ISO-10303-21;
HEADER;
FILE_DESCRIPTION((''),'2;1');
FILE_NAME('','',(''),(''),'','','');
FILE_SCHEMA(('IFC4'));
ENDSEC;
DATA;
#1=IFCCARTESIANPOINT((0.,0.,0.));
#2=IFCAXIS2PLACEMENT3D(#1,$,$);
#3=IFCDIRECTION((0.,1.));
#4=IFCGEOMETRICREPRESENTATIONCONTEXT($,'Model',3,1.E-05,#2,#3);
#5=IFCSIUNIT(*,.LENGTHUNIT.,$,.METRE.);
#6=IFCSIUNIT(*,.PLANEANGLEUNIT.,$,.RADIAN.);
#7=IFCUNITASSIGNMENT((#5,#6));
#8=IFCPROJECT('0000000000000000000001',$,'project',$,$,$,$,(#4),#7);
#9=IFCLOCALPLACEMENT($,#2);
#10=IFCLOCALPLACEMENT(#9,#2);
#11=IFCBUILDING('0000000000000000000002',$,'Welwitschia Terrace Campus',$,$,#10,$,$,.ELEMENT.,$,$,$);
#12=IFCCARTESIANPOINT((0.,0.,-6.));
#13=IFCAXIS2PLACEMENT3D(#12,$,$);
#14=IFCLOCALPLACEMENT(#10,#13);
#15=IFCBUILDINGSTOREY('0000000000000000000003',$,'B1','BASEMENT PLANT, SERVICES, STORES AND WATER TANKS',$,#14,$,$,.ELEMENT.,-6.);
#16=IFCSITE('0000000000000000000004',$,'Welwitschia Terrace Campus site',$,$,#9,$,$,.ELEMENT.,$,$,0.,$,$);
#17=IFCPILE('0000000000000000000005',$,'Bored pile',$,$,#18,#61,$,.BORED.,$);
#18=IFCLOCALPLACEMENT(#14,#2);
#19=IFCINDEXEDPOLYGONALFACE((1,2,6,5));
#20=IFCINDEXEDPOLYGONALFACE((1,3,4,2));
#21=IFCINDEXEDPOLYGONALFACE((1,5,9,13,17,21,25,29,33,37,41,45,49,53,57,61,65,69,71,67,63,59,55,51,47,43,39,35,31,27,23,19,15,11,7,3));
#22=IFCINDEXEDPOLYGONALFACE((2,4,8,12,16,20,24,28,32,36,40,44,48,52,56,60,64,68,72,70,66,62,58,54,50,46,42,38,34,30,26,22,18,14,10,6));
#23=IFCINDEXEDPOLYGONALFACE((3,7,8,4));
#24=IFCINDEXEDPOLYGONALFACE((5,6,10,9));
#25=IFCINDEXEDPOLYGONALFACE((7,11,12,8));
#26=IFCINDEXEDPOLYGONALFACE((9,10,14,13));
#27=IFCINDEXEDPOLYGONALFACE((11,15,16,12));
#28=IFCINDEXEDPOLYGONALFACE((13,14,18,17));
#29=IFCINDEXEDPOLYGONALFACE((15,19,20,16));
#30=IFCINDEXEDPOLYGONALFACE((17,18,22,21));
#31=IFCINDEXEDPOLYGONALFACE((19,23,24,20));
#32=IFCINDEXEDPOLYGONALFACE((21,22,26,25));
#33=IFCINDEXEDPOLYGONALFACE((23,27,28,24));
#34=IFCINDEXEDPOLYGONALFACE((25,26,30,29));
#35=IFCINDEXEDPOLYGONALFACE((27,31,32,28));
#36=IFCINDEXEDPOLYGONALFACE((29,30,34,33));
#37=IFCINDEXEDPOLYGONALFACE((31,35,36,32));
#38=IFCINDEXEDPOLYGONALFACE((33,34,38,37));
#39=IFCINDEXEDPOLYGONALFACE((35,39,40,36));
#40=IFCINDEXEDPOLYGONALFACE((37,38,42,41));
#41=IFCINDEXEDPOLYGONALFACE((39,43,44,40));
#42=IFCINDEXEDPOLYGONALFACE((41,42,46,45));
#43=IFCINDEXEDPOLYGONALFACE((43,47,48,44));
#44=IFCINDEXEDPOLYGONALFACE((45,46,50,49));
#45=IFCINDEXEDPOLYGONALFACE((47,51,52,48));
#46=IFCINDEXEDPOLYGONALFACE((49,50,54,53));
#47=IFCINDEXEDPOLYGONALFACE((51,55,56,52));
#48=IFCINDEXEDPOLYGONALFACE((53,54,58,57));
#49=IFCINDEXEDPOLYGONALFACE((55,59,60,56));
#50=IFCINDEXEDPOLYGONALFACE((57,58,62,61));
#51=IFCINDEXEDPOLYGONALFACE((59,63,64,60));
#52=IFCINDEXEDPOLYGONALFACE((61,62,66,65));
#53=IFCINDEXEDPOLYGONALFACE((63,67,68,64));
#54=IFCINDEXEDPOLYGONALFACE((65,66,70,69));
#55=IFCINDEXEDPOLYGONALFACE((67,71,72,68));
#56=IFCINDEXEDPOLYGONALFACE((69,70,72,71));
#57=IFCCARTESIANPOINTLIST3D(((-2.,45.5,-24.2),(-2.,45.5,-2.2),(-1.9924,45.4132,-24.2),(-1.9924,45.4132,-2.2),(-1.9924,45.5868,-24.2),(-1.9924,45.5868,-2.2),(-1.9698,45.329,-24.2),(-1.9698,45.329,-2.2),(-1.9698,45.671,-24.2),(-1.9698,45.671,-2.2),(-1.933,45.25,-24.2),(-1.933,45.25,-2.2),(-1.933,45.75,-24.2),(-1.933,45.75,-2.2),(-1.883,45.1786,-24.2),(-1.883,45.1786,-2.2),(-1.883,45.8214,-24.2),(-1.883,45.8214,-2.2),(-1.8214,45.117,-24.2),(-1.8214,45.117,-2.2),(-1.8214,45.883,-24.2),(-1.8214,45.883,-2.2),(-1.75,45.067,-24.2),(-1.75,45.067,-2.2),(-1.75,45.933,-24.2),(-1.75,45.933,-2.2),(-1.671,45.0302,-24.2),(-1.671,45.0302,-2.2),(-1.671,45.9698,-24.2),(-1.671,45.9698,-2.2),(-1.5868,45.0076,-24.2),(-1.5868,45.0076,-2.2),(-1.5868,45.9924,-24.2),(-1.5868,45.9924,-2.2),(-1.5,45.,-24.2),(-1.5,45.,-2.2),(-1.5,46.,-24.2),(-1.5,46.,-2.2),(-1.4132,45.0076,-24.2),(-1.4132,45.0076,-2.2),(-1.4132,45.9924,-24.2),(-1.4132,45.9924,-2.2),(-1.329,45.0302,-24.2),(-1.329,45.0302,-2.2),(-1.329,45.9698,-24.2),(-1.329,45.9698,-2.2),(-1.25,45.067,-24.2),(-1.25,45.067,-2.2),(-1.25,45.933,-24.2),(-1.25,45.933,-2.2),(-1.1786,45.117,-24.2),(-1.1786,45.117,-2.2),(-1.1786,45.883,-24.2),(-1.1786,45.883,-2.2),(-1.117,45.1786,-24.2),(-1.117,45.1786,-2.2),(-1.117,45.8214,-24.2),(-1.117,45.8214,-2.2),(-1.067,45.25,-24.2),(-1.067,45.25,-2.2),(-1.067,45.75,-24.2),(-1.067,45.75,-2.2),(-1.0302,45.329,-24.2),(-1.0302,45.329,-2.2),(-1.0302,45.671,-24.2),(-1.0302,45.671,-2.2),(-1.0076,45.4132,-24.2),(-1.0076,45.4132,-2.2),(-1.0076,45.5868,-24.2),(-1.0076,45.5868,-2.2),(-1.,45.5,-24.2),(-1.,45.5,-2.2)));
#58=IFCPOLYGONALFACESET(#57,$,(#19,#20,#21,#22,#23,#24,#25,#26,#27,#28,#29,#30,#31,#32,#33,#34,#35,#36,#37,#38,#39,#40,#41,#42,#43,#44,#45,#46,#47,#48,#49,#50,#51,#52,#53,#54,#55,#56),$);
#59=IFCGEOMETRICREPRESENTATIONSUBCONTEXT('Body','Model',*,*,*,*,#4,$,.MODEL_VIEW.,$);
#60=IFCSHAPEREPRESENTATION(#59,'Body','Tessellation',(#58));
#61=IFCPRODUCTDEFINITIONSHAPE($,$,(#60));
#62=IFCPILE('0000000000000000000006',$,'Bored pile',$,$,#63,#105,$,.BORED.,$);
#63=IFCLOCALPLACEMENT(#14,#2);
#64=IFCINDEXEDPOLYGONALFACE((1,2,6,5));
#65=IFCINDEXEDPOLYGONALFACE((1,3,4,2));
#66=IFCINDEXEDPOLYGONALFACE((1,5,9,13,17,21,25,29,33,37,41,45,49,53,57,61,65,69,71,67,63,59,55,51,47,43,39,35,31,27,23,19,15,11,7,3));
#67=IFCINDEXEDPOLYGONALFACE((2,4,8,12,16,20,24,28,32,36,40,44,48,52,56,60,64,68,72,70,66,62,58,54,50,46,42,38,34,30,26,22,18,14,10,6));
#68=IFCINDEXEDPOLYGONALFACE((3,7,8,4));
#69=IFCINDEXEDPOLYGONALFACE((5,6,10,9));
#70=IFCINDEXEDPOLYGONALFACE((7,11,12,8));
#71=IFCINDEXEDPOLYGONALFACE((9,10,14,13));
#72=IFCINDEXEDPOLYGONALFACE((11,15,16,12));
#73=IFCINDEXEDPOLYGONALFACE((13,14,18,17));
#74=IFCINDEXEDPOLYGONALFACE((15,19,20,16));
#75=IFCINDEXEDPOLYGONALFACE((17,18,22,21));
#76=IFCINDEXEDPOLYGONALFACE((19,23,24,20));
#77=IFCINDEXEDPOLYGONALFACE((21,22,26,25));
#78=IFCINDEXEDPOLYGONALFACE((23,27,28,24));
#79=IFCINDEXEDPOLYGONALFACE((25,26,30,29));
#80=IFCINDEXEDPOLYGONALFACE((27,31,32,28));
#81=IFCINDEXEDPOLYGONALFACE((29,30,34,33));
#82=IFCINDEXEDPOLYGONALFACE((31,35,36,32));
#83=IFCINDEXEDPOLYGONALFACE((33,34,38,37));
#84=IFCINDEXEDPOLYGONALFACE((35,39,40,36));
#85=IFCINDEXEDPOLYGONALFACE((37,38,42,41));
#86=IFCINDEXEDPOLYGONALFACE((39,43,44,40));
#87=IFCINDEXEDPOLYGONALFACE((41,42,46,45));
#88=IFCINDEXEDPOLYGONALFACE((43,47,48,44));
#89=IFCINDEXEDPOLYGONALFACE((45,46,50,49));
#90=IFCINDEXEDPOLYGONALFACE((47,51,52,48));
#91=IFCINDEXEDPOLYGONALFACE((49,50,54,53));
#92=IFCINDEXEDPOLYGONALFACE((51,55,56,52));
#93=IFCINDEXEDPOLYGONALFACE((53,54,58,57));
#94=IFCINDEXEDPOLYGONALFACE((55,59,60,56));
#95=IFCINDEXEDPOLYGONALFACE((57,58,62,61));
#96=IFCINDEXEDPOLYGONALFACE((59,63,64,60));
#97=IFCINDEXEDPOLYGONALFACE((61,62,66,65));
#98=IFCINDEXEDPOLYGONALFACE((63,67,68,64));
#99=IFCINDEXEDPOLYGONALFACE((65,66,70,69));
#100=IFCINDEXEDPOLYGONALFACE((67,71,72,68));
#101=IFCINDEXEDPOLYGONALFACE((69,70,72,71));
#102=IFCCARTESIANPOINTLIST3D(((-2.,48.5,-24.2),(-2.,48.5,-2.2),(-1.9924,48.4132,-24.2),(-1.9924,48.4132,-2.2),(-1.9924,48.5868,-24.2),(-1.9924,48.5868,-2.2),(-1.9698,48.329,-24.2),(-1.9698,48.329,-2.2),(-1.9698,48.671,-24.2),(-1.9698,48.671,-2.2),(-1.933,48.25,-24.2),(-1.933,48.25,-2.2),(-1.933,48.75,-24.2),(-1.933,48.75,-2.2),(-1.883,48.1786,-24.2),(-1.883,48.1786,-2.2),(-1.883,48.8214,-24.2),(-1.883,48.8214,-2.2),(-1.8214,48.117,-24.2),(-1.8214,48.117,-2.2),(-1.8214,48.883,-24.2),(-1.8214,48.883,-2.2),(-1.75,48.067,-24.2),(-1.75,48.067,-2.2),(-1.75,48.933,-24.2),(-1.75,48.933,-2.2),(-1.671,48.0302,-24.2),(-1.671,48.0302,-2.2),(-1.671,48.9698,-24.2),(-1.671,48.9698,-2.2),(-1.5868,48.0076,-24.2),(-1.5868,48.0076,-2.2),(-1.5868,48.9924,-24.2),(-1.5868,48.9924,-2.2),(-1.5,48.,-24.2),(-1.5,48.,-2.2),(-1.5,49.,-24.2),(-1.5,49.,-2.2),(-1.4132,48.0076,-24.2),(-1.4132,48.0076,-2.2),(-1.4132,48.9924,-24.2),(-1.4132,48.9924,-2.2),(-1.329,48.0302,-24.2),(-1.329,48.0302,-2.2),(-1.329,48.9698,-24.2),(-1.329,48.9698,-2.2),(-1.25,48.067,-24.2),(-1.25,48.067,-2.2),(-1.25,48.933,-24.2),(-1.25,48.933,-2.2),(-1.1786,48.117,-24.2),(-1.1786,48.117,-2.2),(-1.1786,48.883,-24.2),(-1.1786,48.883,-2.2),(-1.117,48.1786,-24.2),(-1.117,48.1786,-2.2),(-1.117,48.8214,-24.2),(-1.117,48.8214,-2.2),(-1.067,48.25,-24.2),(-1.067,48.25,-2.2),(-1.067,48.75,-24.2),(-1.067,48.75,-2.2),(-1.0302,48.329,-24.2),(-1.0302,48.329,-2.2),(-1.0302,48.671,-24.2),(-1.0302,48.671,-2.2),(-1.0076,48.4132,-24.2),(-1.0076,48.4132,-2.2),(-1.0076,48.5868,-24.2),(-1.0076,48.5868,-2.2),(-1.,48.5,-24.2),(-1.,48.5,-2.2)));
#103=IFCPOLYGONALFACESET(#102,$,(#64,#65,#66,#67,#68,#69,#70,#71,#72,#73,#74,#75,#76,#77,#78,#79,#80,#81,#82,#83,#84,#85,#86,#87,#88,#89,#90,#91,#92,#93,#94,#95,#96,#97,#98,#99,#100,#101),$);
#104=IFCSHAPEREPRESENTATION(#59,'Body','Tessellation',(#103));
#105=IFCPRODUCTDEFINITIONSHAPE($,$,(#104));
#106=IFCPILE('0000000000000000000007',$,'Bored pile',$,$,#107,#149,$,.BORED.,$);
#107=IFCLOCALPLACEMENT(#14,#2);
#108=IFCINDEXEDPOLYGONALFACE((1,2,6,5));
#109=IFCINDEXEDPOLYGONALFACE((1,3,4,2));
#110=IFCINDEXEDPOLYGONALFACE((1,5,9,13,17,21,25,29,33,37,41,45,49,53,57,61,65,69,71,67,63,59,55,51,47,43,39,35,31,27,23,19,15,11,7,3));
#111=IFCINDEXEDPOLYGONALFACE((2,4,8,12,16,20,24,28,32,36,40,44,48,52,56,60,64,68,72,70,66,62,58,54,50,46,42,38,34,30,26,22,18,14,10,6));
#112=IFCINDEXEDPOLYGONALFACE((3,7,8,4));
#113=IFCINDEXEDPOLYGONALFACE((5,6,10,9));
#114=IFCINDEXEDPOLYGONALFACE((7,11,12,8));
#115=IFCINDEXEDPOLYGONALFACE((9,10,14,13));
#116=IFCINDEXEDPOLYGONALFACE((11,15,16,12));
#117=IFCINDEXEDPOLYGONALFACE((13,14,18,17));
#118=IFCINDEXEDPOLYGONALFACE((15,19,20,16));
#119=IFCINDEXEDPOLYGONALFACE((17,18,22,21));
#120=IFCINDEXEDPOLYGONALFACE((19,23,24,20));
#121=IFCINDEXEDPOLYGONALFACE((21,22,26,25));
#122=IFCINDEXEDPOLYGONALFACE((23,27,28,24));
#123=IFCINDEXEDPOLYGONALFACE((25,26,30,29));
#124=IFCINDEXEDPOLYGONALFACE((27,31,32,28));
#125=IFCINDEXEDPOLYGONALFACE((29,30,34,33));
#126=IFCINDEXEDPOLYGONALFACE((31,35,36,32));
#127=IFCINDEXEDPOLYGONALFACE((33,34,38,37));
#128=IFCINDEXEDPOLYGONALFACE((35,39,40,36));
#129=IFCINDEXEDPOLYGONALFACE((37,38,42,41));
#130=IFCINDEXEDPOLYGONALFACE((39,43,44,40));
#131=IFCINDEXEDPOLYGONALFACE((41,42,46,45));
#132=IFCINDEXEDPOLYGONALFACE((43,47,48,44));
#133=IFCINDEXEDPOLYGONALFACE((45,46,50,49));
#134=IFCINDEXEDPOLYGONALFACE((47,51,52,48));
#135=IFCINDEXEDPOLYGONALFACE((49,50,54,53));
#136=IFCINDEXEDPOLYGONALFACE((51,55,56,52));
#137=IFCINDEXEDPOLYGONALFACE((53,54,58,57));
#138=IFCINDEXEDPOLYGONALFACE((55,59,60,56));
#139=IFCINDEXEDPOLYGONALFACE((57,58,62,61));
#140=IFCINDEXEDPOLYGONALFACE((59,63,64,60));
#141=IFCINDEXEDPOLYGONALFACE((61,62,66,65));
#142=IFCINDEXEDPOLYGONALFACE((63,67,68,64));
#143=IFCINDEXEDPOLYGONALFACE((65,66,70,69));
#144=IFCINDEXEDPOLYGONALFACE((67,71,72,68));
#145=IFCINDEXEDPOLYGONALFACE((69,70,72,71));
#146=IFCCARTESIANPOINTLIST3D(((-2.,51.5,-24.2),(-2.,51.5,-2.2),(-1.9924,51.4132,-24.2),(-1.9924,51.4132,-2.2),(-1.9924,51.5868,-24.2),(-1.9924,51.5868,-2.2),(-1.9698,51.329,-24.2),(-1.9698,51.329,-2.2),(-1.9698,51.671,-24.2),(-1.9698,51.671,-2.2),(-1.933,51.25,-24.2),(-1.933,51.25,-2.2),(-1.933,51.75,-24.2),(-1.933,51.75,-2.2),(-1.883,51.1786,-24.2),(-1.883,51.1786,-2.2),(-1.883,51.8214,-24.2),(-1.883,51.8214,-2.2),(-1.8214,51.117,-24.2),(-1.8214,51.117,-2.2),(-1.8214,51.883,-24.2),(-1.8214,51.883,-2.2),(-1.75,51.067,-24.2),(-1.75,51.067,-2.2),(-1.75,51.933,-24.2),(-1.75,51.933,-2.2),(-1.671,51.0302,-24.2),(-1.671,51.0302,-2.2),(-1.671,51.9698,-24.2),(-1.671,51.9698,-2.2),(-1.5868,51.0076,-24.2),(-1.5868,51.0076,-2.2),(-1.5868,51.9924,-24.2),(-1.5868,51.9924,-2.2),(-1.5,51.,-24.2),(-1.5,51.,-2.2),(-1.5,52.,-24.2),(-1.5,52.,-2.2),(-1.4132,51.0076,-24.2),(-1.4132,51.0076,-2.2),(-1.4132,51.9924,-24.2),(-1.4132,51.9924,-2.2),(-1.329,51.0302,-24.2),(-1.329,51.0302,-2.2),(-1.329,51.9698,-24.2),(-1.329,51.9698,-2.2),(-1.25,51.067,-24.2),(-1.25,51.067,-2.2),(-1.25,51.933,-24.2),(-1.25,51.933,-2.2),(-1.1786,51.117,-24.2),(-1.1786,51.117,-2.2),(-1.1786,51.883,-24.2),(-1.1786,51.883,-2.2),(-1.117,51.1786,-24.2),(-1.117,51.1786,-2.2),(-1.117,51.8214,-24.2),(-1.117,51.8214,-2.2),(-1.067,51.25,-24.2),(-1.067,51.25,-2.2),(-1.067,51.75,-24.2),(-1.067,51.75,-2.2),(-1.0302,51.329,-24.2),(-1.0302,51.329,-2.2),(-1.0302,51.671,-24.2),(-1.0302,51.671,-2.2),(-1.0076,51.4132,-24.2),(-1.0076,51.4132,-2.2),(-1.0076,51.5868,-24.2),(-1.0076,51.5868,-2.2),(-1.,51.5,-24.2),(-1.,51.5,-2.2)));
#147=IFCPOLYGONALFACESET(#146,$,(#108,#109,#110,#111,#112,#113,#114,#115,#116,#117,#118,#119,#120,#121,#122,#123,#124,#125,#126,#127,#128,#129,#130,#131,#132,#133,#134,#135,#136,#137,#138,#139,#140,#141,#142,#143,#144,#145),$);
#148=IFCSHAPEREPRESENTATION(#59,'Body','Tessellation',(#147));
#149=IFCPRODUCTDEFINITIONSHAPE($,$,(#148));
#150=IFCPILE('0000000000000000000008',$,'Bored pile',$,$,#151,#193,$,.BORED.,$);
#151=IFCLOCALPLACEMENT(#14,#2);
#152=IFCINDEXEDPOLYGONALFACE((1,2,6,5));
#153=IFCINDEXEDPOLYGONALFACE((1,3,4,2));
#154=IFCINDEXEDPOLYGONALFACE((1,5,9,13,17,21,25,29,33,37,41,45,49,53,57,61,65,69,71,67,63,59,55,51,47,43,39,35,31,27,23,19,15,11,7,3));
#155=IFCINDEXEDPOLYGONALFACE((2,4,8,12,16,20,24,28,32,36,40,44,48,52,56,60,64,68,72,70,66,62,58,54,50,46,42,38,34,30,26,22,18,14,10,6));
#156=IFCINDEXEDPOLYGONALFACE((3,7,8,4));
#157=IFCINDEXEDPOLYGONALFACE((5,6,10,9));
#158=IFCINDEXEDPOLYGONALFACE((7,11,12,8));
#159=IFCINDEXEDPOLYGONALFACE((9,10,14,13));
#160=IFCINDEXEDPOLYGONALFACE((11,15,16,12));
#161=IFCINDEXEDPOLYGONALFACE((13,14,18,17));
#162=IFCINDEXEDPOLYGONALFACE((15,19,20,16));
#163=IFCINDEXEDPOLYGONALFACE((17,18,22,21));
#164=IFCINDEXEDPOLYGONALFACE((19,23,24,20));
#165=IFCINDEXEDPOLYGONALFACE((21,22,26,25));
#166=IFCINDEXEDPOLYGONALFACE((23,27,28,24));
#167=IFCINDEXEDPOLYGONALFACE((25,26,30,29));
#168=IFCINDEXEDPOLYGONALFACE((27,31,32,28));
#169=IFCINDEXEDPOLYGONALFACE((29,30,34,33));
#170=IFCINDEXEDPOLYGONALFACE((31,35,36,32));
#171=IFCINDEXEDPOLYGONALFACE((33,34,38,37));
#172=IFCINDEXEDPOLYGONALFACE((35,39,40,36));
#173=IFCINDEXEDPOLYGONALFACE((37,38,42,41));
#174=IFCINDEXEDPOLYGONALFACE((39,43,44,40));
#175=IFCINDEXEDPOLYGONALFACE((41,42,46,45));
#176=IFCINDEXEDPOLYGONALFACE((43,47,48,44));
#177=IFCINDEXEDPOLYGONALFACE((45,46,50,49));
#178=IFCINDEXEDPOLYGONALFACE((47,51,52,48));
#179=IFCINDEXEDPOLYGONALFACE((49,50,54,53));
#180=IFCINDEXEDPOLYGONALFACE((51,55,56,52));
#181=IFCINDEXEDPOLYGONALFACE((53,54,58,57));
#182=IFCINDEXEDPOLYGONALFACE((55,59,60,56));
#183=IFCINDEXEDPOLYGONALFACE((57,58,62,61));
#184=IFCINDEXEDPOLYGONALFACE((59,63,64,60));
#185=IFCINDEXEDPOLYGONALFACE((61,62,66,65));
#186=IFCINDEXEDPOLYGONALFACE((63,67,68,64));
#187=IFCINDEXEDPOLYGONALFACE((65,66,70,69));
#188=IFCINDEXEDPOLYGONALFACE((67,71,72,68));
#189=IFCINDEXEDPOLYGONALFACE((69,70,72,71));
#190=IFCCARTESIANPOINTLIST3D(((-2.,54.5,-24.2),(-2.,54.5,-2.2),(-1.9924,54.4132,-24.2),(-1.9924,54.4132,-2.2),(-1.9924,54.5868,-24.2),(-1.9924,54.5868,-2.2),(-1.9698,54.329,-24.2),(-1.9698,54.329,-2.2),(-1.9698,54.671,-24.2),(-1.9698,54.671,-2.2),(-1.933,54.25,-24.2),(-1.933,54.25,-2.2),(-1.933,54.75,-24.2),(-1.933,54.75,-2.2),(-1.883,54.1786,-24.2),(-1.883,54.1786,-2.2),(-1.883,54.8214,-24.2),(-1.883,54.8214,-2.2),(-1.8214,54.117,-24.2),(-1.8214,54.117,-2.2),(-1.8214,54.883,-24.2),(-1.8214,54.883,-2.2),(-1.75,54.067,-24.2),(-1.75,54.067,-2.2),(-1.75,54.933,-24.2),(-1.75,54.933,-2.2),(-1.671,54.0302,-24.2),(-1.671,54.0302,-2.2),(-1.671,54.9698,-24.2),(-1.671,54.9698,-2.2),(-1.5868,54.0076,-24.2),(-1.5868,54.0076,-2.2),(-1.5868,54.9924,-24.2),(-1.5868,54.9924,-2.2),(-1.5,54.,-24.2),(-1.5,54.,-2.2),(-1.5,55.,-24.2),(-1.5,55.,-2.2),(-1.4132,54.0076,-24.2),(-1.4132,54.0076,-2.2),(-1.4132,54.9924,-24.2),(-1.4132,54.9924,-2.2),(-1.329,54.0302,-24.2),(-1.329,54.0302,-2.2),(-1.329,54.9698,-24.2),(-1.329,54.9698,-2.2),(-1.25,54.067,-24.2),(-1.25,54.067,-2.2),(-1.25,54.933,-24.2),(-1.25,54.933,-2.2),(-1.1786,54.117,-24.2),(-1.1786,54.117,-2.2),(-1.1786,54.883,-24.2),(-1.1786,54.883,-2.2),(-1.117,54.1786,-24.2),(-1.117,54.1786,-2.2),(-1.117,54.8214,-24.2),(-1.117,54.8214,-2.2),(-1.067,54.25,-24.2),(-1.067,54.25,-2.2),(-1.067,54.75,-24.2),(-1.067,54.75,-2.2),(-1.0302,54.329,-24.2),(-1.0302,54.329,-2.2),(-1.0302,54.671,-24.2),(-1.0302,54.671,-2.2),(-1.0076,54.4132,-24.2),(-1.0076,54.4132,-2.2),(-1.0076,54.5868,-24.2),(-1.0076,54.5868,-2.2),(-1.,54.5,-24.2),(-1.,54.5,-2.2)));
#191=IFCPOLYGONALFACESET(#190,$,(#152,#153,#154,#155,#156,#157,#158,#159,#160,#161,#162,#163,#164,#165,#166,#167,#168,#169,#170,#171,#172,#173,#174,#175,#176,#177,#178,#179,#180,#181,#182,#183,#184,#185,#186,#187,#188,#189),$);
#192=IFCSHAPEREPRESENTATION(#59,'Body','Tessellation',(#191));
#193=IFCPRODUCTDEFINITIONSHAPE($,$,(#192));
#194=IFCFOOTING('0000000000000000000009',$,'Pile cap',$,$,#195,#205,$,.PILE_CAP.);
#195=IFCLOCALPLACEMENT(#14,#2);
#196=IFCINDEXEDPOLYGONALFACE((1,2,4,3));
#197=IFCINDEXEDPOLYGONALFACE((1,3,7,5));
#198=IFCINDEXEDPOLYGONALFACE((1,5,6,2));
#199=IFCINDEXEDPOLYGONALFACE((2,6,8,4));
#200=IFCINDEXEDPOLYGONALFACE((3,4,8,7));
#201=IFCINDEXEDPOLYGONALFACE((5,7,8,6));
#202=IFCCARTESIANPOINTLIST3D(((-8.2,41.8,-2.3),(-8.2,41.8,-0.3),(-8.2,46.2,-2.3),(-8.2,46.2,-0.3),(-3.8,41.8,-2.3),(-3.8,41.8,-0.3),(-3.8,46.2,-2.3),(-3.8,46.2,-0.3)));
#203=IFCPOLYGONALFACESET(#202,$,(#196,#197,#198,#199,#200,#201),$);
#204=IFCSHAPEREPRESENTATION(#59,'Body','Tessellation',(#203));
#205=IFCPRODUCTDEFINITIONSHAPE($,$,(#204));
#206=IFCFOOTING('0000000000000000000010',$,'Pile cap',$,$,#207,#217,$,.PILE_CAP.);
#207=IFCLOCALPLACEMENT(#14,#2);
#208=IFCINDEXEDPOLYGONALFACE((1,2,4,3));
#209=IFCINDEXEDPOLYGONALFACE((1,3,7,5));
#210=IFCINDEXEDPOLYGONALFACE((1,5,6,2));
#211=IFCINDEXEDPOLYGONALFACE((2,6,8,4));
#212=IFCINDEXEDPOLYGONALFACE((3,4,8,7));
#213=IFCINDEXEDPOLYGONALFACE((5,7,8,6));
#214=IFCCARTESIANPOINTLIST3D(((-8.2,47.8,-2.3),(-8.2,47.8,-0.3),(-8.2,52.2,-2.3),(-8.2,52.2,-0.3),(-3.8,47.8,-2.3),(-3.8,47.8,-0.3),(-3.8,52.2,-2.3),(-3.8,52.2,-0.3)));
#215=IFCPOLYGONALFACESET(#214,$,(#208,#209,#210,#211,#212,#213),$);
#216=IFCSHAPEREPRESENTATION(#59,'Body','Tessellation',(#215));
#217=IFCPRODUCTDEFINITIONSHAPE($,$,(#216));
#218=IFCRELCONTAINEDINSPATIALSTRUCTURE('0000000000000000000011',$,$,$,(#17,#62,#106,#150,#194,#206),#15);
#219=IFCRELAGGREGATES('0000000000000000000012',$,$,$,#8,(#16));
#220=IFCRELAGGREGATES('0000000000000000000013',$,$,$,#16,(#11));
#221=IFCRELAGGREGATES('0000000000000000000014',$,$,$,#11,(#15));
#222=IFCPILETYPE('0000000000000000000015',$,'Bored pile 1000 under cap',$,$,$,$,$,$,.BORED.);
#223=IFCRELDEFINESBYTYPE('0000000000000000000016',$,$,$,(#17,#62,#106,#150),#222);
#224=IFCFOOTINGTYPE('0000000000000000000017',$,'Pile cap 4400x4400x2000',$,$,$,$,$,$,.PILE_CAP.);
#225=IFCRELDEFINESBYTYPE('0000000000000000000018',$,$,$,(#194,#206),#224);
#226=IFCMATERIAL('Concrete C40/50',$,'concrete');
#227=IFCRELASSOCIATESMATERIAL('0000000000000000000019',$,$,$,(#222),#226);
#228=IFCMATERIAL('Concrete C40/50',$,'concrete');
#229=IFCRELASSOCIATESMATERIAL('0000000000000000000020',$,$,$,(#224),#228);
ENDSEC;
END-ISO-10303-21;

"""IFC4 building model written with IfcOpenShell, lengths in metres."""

from ifc_helpers import new_model, si_unit, direction, frame, origin, origin_2d, place, context, subcontext, project, spatial, rectangle, circle, extrude, material, type_object, element, save


model = new_model("IFC4")

# Units and contexts
model_context = context("Model", 3, precision=1e-05, world=origin(), true_north=direction((0.0, 1.0)))
body_context = subcontext(model_context, "Body", "Model", "MODEL_VIEW")
ifc_project = project(units=[si_unit("LENGTHUNIT", "METRE"), si_unit("PLANEANGLEUNIT", "RADIAN")], contexts=[model_context])

# Site, building, storey
site_placement = place(None, origin())
site = spatial("IfcSite", under=ifc_project, at=site_placement, Name="Welwitschia Terrace Campus site", CompositionType="ELEMENT", RefElevation=0.0)
building_placement = place(site_placement, origin())
building = spatial("IfcBuilding", under=site, at=building_placement, Name="Welwitschia Terrace Campus", CompositionType="ELEMENT")
storey_placement = place(building_placement, frame((0.0, 0.0, -6.0)))
storey = spatial("IfcBuildingStorey", under=building, at=storey_placement, Name="B1", Description="BASEMENT PLANT, SERVICES, STORES AND WATER TANKS", CompositionType="ELEMENT", Elevation=-6.0)

# Piles
ifc_material_1 = material(Name="Concrete C40/50", Category="concrete")
pile_type = type_object("IfcPileType", Name="Bored pile 1000 under cap", PredefinedType="BORED", material=ifc_material_1)
for number, where, z_axis, x_axis, name in (
    (1, (-1.5, 45.5, -2.2), (0.0, 0.0, -1.0), (1.0, 0.0, 0.0), "Bored pile"),
    (2, (-1.5, 48.5, -2.2), (0.0, 0.0, -1.0), (1.0, 0.0, 0.0), "Bored pile"),
    (3, (-1.5, 51.5, -2.2), (0.0, 0.0, -1.0), (1.0, 0.0, 0.0), "Bored pile"),
    (4, (-1.5, 54.5, -2.2), (0.0, 0.0, -1.0), (1.0, 0.0, 0.0), "Bored pile"),
):
    element("IfcPile", number, at=place(storey_placement, frame(where, z_axis=z_axis, x_axis=x_axis)), inside=storey, type_object=pile_type, Name=name, PredefinedType="BORED", context=body_context, shape_type="SweptSolid", body=[
        extrude(circle(Radius=0.5, at=origin_2d()), origin(), (0.0, 0.0, 1.0), 22.0),
    ])

# Footings
ifc_material_2 = material(Name="Concrete C40/50", Category="concrete")
footing_type = type_object("IfcFootingType", Name="Pile cap 4400x4400x2000", PredefinedType="PILE_CAP", material=ifc_material_2)
for number, where, z_axis, x_axis, name in (
    (5, (-6.0, 44.0, -2.3), (0.0, 0.0, 1.0), (1.0, 0.0, 0.0), "Pile cap"),
    (6, (-6.0, 50.0, -2.3), (0.0, 0.0, 1.0), (1.0, 0.0, 0.0), "Pile cap"),
):
    element("IfcFooting", number, at=place(storey_placement, frame(where, z_axis=z_axis, x_axis=x_axis)), inside=storey, type_object=footing_type, Name=name, PredefinedType="PILE_CAP", context=body_context, shape_type="SweptSolid", body=[
        extrude(rectangle(XDim=4.3999, YDim=4.3999, at=origin_2d()), origin(), (0.0, 0.0, 1.0), 2.0),
    ])

save(model, "model.ifc")
